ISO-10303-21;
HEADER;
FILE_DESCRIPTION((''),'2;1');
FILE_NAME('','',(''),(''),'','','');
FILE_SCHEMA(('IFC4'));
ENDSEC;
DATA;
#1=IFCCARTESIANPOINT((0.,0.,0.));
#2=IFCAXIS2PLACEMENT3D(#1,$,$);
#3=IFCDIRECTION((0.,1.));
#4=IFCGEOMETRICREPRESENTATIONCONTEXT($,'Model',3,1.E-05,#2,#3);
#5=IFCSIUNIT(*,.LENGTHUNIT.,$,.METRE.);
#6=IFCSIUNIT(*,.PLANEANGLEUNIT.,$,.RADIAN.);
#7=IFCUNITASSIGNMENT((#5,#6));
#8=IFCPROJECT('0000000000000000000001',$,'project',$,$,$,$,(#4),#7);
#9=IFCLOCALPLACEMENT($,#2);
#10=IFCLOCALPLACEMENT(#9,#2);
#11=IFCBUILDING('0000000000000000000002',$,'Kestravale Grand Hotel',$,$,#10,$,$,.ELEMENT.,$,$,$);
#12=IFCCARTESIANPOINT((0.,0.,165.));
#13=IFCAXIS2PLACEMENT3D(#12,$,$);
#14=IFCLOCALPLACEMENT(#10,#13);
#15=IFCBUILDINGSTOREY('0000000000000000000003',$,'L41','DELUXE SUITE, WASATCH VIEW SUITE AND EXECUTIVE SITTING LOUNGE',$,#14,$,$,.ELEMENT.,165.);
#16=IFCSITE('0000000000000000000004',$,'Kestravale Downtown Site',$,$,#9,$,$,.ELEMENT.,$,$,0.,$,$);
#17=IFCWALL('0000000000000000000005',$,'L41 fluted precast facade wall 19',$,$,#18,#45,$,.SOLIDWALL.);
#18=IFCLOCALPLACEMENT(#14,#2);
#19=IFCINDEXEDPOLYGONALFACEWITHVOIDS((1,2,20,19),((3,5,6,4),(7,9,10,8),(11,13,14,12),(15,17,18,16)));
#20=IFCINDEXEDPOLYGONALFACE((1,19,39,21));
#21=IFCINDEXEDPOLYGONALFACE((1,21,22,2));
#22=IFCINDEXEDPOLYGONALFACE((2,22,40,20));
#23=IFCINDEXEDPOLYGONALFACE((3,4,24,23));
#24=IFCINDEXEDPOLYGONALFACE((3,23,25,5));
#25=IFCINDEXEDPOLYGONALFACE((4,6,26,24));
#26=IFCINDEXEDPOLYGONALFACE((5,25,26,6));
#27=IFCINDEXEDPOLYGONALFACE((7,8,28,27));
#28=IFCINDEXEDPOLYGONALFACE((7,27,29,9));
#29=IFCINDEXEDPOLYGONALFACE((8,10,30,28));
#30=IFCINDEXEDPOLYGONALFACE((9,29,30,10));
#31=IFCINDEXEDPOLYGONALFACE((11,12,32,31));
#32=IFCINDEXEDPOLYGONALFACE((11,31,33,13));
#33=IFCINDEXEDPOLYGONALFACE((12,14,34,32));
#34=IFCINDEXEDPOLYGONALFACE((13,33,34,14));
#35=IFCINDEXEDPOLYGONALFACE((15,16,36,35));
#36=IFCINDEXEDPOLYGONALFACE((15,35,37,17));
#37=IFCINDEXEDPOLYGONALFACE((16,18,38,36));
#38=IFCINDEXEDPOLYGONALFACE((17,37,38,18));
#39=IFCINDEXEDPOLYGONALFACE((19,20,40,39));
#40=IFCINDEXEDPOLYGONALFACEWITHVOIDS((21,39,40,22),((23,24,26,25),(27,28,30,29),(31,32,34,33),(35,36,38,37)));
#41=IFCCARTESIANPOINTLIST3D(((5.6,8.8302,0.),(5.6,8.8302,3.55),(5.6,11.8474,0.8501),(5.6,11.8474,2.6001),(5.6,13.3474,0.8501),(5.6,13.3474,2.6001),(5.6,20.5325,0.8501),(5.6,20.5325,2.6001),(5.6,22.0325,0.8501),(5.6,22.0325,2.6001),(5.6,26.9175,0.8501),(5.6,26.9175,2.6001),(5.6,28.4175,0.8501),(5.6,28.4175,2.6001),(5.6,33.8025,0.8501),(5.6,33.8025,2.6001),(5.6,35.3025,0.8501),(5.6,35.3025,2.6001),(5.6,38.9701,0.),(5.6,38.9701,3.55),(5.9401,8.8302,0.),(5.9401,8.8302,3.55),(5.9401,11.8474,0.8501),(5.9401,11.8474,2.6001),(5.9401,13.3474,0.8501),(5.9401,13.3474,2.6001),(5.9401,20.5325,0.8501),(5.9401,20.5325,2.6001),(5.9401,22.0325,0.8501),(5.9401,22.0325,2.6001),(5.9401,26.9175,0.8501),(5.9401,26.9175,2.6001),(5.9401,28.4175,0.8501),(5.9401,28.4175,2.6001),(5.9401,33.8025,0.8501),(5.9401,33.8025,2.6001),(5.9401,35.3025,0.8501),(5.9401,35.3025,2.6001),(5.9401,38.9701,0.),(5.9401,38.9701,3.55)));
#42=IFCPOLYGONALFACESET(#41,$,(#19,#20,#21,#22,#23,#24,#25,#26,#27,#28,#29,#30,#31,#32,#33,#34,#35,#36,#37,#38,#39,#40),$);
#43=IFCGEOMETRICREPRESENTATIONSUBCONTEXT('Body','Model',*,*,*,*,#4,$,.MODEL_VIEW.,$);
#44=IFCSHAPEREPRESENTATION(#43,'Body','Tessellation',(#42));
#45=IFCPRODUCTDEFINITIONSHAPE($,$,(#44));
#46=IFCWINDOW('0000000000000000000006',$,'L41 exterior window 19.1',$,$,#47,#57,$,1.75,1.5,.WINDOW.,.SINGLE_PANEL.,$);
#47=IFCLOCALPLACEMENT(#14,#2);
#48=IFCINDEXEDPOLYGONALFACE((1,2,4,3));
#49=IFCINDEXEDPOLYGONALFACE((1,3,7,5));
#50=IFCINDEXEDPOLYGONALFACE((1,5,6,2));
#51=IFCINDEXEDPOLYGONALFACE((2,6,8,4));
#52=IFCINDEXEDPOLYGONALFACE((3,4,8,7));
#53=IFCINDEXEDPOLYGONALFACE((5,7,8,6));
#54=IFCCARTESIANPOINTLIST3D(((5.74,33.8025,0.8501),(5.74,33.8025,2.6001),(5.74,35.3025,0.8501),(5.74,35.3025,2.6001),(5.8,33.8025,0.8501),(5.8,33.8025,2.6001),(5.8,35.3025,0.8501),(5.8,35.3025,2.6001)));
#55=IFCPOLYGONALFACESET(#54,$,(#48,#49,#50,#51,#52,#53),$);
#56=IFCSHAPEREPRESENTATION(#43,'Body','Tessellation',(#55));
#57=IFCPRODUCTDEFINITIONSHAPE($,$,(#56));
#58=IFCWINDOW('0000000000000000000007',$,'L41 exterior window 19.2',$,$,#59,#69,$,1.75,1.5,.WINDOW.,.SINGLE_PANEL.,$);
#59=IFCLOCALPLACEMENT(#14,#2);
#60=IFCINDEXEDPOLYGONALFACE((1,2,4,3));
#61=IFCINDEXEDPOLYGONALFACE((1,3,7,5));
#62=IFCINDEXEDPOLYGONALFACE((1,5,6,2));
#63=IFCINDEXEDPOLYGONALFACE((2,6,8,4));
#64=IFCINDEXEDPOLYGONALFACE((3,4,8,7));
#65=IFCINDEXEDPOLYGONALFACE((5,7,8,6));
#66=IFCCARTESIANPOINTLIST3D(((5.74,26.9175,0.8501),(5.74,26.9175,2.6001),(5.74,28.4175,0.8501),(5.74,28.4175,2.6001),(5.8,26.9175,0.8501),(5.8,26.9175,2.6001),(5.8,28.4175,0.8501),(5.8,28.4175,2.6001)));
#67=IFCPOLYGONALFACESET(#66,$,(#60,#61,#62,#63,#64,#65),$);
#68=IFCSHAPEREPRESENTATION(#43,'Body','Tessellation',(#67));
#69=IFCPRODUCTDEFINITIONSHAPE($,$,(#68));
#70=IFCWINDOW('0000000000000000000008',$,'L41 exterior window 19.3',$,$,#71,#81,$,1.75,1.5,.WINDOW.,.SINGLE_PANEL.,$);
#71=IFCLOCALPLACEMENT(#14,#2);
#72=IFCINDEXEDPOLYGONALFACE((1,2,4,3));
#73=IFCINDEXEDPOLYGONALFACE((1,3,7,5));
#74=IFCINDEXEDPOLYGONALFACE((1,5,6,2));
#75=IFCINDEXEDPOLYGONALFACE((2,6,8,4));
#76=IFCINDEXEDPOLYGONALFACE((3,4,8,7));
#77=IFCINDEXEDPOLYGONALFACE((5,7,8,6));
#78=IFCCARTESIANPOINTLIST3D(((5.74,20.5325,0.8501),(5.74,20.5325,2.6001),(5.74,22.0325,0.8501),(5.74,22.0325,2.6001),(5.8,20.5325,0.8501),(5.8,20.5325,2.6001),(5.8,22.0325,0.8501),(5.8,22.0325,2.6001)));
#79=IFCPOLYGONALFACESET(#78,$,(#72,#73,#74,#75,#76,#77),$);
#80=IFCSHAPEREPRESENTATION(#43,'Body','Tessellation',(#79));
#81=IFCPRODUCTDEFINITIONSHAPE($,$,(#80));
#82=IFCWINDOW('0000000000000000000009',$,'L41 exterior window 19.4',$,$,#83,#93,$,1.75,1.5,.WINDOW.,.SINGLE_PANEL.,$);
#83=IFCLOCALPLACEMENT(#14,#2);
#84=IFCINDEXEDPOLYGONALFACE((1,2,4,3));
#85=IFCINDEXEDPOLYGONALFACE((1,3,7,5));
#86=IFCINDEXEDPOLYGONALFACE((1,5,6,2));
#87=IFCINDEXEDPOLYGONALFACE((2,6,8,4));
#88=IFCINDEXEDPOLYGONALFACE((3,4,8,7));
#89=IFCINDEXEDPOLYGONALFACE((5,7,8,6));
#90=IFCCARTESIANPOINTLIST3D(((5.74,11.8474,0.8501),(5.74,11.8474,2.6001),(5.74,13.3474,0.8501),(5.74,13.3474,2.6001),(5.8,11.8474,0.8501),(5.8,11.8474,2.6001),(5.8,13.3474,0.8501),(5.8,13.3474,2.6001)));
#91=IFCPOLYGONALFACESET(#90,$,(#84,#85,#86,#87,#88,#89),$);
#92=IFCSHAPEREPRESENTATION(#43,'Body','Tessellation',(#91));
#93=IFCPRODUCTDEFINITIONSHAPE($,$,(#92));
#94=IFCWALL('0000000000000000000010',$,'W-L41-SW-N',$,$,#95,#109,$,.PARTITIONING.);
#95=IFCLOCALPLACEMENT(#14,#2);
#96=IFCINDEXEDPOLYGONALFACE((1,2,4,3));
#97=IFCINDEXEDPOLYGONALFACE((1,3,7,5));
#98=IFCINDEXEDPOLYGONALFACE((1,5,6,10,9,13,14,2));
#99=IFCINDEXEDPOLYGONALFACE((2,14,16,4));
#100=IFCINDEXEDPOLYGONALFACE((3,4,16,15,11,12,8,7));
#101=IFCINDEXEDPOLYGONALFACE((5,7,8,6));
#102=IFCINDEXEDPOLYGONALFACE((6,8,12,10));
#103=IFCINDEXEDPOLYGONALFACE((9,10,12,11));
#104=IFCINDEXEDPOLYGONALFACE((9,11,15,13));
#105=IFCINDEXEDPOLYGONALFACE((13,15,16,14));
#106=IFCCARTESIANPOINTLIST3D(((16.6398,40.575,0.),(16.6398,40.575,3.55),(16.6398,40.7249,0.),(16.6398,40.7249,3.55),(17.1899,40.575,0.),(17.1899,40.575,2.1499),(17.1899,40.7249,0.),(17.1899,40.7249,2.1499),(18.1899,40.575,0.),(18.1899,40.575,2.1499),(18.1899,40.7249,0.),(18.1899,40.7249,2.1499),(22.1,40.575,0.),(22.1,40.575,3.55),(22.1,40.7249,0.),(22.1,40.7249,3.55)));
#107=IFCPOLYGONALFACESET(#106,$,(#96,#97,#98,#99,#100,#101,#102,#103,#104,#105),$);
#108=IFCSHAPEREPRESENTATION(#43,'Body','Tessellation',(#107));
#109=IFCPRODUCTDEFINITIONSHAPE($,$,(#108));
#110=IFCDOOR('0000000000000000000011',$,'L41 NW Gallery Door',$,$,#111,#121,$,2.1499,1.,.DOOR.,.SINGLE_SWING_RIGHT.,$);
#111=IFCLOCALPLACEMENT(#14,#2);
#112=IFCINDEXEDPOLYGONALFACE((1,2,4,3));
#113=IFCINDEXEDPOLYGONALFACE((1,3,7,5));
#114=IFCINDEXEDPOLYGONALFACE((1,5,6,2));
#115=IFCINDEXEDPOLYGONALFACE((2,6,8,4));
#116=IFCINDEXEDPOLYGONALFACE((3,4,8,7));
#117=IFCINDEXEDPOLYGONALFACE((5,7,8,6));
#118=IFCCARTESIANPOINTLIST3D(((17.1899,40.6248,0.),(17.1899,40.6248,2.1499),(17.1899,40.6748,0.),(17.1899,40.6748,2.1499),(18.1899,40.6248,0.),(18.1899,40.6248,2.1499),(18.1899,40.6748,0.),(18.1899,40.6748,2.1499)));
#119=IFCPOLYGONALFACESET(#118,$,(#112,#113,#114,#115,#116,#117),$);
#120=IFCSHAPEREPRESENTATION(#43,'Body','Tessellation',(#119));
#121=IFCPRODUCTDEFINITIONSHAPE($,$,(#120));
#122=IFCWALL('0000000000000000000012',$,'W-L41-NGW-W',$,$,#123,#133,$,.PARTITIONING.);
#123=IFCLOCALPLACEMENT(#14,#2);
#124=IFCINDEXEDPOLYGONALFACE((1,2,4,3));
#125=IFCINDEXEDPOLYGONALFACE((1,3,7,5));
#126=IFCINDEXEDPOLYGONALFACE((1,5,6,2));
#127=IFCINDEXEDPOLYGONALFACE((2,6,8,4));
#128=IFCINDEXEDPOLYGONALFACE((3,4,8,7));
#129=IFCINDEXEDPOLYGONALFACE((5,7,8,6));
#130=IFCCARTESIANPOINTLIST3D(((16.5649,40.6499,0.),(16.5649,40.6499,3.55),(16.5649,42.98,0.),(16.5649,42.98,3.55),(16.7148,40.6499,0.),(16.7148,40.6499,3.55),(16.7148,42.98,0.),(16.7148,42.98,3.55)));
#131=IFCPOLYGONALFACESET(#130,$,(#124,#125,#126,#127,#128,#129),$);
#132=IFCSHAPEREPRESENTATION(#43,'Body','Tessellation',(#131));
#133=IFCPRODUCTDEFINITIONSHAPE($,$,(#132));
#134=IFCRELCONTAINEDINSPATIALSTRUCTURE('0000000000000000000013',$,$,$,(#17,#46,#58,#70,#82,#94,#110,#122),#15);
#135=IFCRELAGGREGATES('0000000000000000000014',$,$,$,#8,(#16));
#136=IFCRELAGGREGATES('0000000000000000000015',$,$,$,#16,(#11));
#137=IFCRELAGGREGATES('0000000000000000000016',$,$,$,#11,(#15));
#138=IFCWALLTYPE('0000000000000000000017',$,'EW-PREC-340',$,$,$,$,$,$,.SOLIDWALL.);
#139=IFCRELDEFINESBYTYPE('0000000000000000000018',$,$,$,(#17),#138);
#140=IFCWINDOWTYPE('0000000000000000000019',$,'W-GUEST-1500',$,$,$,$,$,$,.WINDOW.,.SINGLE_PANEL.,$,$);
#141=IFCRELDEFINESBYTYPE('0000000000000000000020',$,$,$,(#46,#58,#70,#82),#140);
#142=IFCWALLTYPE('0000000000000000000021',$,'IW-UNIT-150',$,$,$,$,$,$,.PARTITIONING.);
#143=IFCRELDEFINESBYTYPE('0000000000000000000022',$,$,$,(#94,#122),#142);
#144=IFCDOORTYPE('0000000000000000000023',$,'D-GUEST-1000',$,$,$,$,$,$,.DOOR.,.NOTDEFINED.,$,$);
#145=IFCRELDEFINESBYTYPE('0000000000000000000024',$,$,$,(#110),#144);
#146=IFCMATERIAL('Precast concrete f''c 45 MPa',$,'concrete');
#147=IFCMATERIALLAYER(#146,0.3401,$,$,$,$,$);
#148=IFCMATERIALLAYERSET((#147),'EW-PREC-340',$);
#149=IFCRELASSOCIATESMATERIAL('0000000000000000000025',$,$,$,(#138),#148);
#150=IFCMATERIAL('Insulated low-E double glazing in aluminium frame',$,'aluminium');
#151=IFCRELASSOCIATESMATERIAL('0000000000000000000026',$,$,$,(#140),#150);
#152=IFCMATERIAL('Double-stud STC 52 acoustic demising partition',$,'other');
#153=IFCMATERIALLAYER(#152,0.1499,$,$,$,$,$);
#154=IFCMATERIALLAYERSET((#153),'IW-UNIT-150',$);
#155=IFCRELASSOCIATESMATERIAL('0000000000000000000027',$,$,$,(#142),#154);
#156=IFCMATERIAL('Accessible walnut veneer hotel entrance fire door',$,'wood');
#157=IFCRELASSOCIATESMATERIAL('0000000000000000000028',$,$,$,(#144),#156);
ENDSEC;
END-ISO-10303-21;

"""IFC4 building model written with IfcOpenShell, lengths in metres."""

from ifc_helpers import new_model, si_unit, direction, frame, frame_2d, origin, place, context, subcontext, project, spatial, rectangle, extrude, material, layer, layer_set, type_object, element, fill, save


model = new_model("IFC4")

# Units and contexts
model_context = context("Model", 3, precision=1e-05, world=origin(), true_north=direction((0.0, 1.0)))
body_context = subcontext(model_context, "Body", "Model", "MODEL_VIEW")
ifc_project = project(units=[si_unit("LENGTHUNIT", "METRE"), si_unit("PLANEANGLEUNIT", "RADIAN")], contexts=[model_context])

# Site, building, storey
site_placement = place(None, origin())
site = spatial("IfcSite", under=ifc_project, at=site_placement, Name="Kestravale Downtown Site", CompositionType="ELEMENT", RefElevation=0.0)
building_placement = place(site_placement, origin())
building = spatial("IfcBuilding", under=site, at=building_placement, Name="Kestravale Grand Hotel", CompositionType="ELEMENT")
storey_placement = place(building_placement, frame((0.0, 0.0, 165.0)))
storey = spatial("IfcBuildingStorey", under=building, at=storey_placement, Name="L41", Description="DELUXE SUITE, WASATCH VIEW SUITE AND EXECUTIVE SITTING LOUNGE", CompositionType="ELEMENT", Elevation=165.0)

# Wall, openings, windows
ifc_material_1 = material(Name="Precast concrete f'c 45 MPa", Category="concrete")
ifc_layer_1 = layer(ifc_material_1, 0.3401)
ifc_layer_set_1 = layer_set([ifc_layer_1], Name="EW-PREC-340")
wall_type_1 = type_object("IfcWallType", Name="EW-PREC-340", PredefinedType="SOLIDWALL", material=ifc_layer_set_1)
wall_1_placement = place(storey_placement, frame((5.77, 38.97, 0.0), z_axis=(0.0, 0.0, 1.0), x_axis=(0.0, -1.0, 0.0)))
wall_1 = element("IfcWall", 1, at=wall_1_placement, inside=storey, type_object=wall_type_1, Name="L41 fluted precast facade wall 19", PredefinedType="SOLIDWALL", context=body_context, shape_type="SweptSolid", body=[
    extrude(rectangle(XDim=30.1399, YDim=0.3401, at=frame_2d((15.0698, 0.0))), origin(), (0.0, 0.0, 1.0), 3.55),
])
opening_1_placement = place(wall_1_placement, frame((3.6675, 0.0, 0.8501)))
opening_1 = element("IfcOpeningElement", 2, at=opening_1_placement, cuts=wall_1, PredefinedType="OPENING", context=body_context, shape_type="SweptSolid", body=[
    extrude(rectangle(XDim=1.5, YDim=1.75, at=frame_2d((0.75, 0.875))), frame((0.0, 0.1799, 0.0), z_axis=(0.0, -1.0, 0.0), x_axis=(1.0, 0.0, 0.0)), (0.0, 0.0, 1.0), 0.3601),
])
opening_2_placement = place(wall_1_placement, frame((10.5525, 0.0, 0.8501)))
opening_2 = element("IfcOpeningElement", 3, at=opening_2_placement, cuts=wall_1, PredefinedType="OPENING", context=body_context, shape_type="SweptSolid", body=[
    extrude(rectangle(XDim=1.5, YDim=1.75, at=frame_2d((0.75, 0.875))), frame((0.0, 0.1799, 0.0), z_axis=(0.0, -1.0, 0.0), x_axis=(1.0, 0.0, 0.0)), (0.0, 0.0, 1.0), 0.3601),
])
opening_3_placement = place(wall_1_placement, frame((16.9375, 0.0, 0.8501)))
opening_3 = element("IfcOpeningElement", 4, at=opening_3_placement, cuts=wall_1, PredefinedType="OPENING", context=body_context, shape_type="SweptSolid", body=[
    extrude(rectangle(XDim=1.5, YDim=1.75, at=frame_2d((0.75, 0.875))), frame((0.0, 0.1799, 0.0), z_axis=(0.0, -1.0, 0.0), x_axis=(1.0, 0.0, 0.0)), (0.0, 0.0, 1.0), 0.3601),
])
opening_4_placement = place(wall_1_placement, frame((25.6226, 0.0, 0.8501)))
opening_4 = element("IfcOpeningElement", 5, at=opening_4_placement, cuts=wall_1, PredefinedType="OPENING", context=body_context, shape_type="SweptSolid", body=[
    extrude(rectangle(XDim=1.5, YDim=1.75, at=frame_2d((0.75, 0.875))), frame((0.0, 0.1799, 0.0), z_axis=(0.0, -1.0, 0.0), x_axis=(1.0, 0.0, 0.0)), (0.0, 0.0, 1.0), 0.3601),
])
ifc_material_2 = material(Name="Insulated low-E double glazing in aluminium frame", Category="aluminium")
window_type = type_object("IfcWindowType", Name="W-GUEST-1500", PartitioningType="SINGLE_PANEL", PredefinedType="WINDOW", material=ifc_material_2)
window_1_placement = place(opening_1_placement, origin())
window_1 = element("IfcWindow", 6, at=window_1_placement, inside=storey, type_object=window_type, Name="L41 exterior window 19.1", OverallHeight=1.75, OverallWidth=1.5, PartitioningType="SINGLE_PANEL", PredefinedType="WINDOW", context=body_context, shape_type="SweptSolid", body=[
    extrude(rectangle(XDim=1.5, YDim=1.75, at=frame_2d((0.75, 0.875))), frame((0.0, 0.03, 0.0), z_axis=(0.0, -1.0, 0.0), x_axis=(1.0, 0.0, 0.0)), (0.0, 0.0, 1.0), 0.0601),
])
fill(opening_1, window_1)
window_2_placement = place(opening_2_placement, origin())
window_2 = element("IfcWindow", 7, at=window_2_placement, inside=storey, type_object=window_type, Name="L41 exterior window 19.2", OverallHeight=1.75, OverallWidth=1.5, PartitioningType="SINGLE_PANEL", PredefinedType="WINDOW", context=body_context, shape_type="SweptSolid", body=[
    extrude(rectangle(XDim=1.5, YDim=1.75, at=frame_2d((0.75, 0.875))), frame((0.0, 0.03, 0.0), z_axis=(0.0, -1.0, 0.0), x_axis=(1.0, 0.0, 0.0)), (0.0, 0.0, 1.0), 0.0601),
])
fill(opening_2, window_2)
window_3_placement = place(opening_3_placement, origin())
window_3 = element("IfcWindow", 8, at=window_3_placement, inside=storey, type_object=window_type, Name="L41 exterior window 19.3", OverallHeight=1.75, OverallWidth=1.5, PartitioningType="SINGLE_PANEL", PredefinedType="WINDOW", context=body_context, shape_type="SweptSolid", body=[
    extrude(rectangle(XDim=1.5, YDim=1.75, at=frame_2d((0.75, 0.875))), frame((0.0, 0.03, 0.0), z_axis=(0.0, -1.0, 0.0), x_axis=(1.0, 0.0, 0.0)), (0.0, 0.0, 1.0), 0.0601),
])
fill(opening_3, window_3)
window_4_placement = place(opening_4_placement, origin())
window_4 = element("IfcWindow", 9, at=window_4_placement, inside=storey, type_object=window_type, Name="L41 exterior window 19.4", OverallHeight=1.75, OverallWidth=1.5, PartitioningType="SINGLE_PANEL", PredefinedType="WINDOW", context=body_context, shape_type="SweptSolid", body=[
    extrude(rectangle(XDim=1.5, YDim=1.75, at=frame_2d((0.75, 0.875))), frame((0.0, 0.03, 0.0), z_axis=(0.0, -1.0, 0.0), x_axis=(1.0, 0.0, 0.0)), (0.0, 0.0, 1.0), 0.0601),
])
fill(opening_4, window_4)

# Wall, opening, door
ifc_material_3 = material(Name="Double-stud STC 52 acoustic demising partition", Category="other")
ifc_layer_2 = layer(ifc_material_3, 0.1499)
ifc_layer_set_2 = layer_set([ifc_layer_2], Name="IW-UNIT-150")
wall_type_2 = type_object("IfcWallType", Name="IW-UNIT-150", PredefinedType="PARTITIONING", material=ifc_layer_set_2)
wall_2_placement = place(storey_placement, frame((16.6399, 40.6499, 0.0), z_axis=(0.0, 0.0, 1.0), x_axis=(1.0, 0.0, 0.0)))
wall_2 = element("IfcWall", 10, at=wall_2_placement, inside=storey, type_object=wall_type_2, Name="W-L41-SW-N", PredefinedType="PARTITIONING", context=body_context, shape_type="SweptSolid", body=[
    extrude(rectangle(XDim=5.4602, YDim=0.1499, at=frame_2d((2.73, 0.0))), origin(), (0.0, 0.0, 1.0), 3.55),
])
opening_5_placement = place(wall_2_placement, frame((0.55, 0.0, 0.0)))
opening_5 = element("IfcOpeningElement", 11, at=opening_5_placement, cuts=wall_2, PredefinedType="OPENING", context=body_context, shape_type="SweptSolid", body=[
    extrude(rectangle(XDim=1.0, YDim=2.1499, at=frame_2d((0.5, 1.075))), frame((0.0, 0.085, 0.0), z_axis=(0.0, -1.0, 0.0), x_axis=(1.0, 0.0, 0.0)), (0.0, 0.0, 1.0), 0.1699),
])
ifc_material_4 = material(Name="Accessible walnut veneer hotel entrance fire door", Category="wood")
door_type = type_object("IfcDoorType", Name="D-GUEST-1000", OperationType="NOTDEFINED", PredefinedType="DOOR", material=ifc_material_4)
door_placement = place(opening_5_placement, origin())
door = element("IfcDoor", 12, at=door_placement, inside=storey, type_object=door_type, Name="L41 NW Gallery Door", OperationType="SINGLE_SWING_RIGHT", OverallHeight=2.1499, OverallWidth=1.0, PredefinedType="DOOR", context=body_context, shape_type="SweptSolid", body=[
    extrude(rectangle(XDim=1.0, YDim=2.1499, at=frame_2d((0.5, 1.075))), frame((0.0, 0.0249, 0.0), z_axis=(0.0, -1.0, 0.0), x_axis=(1.0, 0.0, 0.0)), (0.0, 0.0, 1.0), 0.05),
])
fill(opening_5, door)

# Wall
wall_3_placement = place(storey_placement, frame((16.6399, 40.6499, 0.0), z_axis=(0.0, 0.0, 1.0), x_axis=(0.0, 1.0, 0.0)))
element("IfcWall", 13, at=wall_3_placement, inside=storey, type_object=wall_type_2, Name="W-L41-NGW-W", PredefinedType="PARTITIONING", context=body_context, shape_type="SweptSolid", body=[
    extrude(rectangle(XDim=2.3301, YDim=0.1499, at=frame_2d((1.165, 0.0))), origin(), (0.0, 0.0, 1.0), 3.55),
])

save(model, "model.ifc")
